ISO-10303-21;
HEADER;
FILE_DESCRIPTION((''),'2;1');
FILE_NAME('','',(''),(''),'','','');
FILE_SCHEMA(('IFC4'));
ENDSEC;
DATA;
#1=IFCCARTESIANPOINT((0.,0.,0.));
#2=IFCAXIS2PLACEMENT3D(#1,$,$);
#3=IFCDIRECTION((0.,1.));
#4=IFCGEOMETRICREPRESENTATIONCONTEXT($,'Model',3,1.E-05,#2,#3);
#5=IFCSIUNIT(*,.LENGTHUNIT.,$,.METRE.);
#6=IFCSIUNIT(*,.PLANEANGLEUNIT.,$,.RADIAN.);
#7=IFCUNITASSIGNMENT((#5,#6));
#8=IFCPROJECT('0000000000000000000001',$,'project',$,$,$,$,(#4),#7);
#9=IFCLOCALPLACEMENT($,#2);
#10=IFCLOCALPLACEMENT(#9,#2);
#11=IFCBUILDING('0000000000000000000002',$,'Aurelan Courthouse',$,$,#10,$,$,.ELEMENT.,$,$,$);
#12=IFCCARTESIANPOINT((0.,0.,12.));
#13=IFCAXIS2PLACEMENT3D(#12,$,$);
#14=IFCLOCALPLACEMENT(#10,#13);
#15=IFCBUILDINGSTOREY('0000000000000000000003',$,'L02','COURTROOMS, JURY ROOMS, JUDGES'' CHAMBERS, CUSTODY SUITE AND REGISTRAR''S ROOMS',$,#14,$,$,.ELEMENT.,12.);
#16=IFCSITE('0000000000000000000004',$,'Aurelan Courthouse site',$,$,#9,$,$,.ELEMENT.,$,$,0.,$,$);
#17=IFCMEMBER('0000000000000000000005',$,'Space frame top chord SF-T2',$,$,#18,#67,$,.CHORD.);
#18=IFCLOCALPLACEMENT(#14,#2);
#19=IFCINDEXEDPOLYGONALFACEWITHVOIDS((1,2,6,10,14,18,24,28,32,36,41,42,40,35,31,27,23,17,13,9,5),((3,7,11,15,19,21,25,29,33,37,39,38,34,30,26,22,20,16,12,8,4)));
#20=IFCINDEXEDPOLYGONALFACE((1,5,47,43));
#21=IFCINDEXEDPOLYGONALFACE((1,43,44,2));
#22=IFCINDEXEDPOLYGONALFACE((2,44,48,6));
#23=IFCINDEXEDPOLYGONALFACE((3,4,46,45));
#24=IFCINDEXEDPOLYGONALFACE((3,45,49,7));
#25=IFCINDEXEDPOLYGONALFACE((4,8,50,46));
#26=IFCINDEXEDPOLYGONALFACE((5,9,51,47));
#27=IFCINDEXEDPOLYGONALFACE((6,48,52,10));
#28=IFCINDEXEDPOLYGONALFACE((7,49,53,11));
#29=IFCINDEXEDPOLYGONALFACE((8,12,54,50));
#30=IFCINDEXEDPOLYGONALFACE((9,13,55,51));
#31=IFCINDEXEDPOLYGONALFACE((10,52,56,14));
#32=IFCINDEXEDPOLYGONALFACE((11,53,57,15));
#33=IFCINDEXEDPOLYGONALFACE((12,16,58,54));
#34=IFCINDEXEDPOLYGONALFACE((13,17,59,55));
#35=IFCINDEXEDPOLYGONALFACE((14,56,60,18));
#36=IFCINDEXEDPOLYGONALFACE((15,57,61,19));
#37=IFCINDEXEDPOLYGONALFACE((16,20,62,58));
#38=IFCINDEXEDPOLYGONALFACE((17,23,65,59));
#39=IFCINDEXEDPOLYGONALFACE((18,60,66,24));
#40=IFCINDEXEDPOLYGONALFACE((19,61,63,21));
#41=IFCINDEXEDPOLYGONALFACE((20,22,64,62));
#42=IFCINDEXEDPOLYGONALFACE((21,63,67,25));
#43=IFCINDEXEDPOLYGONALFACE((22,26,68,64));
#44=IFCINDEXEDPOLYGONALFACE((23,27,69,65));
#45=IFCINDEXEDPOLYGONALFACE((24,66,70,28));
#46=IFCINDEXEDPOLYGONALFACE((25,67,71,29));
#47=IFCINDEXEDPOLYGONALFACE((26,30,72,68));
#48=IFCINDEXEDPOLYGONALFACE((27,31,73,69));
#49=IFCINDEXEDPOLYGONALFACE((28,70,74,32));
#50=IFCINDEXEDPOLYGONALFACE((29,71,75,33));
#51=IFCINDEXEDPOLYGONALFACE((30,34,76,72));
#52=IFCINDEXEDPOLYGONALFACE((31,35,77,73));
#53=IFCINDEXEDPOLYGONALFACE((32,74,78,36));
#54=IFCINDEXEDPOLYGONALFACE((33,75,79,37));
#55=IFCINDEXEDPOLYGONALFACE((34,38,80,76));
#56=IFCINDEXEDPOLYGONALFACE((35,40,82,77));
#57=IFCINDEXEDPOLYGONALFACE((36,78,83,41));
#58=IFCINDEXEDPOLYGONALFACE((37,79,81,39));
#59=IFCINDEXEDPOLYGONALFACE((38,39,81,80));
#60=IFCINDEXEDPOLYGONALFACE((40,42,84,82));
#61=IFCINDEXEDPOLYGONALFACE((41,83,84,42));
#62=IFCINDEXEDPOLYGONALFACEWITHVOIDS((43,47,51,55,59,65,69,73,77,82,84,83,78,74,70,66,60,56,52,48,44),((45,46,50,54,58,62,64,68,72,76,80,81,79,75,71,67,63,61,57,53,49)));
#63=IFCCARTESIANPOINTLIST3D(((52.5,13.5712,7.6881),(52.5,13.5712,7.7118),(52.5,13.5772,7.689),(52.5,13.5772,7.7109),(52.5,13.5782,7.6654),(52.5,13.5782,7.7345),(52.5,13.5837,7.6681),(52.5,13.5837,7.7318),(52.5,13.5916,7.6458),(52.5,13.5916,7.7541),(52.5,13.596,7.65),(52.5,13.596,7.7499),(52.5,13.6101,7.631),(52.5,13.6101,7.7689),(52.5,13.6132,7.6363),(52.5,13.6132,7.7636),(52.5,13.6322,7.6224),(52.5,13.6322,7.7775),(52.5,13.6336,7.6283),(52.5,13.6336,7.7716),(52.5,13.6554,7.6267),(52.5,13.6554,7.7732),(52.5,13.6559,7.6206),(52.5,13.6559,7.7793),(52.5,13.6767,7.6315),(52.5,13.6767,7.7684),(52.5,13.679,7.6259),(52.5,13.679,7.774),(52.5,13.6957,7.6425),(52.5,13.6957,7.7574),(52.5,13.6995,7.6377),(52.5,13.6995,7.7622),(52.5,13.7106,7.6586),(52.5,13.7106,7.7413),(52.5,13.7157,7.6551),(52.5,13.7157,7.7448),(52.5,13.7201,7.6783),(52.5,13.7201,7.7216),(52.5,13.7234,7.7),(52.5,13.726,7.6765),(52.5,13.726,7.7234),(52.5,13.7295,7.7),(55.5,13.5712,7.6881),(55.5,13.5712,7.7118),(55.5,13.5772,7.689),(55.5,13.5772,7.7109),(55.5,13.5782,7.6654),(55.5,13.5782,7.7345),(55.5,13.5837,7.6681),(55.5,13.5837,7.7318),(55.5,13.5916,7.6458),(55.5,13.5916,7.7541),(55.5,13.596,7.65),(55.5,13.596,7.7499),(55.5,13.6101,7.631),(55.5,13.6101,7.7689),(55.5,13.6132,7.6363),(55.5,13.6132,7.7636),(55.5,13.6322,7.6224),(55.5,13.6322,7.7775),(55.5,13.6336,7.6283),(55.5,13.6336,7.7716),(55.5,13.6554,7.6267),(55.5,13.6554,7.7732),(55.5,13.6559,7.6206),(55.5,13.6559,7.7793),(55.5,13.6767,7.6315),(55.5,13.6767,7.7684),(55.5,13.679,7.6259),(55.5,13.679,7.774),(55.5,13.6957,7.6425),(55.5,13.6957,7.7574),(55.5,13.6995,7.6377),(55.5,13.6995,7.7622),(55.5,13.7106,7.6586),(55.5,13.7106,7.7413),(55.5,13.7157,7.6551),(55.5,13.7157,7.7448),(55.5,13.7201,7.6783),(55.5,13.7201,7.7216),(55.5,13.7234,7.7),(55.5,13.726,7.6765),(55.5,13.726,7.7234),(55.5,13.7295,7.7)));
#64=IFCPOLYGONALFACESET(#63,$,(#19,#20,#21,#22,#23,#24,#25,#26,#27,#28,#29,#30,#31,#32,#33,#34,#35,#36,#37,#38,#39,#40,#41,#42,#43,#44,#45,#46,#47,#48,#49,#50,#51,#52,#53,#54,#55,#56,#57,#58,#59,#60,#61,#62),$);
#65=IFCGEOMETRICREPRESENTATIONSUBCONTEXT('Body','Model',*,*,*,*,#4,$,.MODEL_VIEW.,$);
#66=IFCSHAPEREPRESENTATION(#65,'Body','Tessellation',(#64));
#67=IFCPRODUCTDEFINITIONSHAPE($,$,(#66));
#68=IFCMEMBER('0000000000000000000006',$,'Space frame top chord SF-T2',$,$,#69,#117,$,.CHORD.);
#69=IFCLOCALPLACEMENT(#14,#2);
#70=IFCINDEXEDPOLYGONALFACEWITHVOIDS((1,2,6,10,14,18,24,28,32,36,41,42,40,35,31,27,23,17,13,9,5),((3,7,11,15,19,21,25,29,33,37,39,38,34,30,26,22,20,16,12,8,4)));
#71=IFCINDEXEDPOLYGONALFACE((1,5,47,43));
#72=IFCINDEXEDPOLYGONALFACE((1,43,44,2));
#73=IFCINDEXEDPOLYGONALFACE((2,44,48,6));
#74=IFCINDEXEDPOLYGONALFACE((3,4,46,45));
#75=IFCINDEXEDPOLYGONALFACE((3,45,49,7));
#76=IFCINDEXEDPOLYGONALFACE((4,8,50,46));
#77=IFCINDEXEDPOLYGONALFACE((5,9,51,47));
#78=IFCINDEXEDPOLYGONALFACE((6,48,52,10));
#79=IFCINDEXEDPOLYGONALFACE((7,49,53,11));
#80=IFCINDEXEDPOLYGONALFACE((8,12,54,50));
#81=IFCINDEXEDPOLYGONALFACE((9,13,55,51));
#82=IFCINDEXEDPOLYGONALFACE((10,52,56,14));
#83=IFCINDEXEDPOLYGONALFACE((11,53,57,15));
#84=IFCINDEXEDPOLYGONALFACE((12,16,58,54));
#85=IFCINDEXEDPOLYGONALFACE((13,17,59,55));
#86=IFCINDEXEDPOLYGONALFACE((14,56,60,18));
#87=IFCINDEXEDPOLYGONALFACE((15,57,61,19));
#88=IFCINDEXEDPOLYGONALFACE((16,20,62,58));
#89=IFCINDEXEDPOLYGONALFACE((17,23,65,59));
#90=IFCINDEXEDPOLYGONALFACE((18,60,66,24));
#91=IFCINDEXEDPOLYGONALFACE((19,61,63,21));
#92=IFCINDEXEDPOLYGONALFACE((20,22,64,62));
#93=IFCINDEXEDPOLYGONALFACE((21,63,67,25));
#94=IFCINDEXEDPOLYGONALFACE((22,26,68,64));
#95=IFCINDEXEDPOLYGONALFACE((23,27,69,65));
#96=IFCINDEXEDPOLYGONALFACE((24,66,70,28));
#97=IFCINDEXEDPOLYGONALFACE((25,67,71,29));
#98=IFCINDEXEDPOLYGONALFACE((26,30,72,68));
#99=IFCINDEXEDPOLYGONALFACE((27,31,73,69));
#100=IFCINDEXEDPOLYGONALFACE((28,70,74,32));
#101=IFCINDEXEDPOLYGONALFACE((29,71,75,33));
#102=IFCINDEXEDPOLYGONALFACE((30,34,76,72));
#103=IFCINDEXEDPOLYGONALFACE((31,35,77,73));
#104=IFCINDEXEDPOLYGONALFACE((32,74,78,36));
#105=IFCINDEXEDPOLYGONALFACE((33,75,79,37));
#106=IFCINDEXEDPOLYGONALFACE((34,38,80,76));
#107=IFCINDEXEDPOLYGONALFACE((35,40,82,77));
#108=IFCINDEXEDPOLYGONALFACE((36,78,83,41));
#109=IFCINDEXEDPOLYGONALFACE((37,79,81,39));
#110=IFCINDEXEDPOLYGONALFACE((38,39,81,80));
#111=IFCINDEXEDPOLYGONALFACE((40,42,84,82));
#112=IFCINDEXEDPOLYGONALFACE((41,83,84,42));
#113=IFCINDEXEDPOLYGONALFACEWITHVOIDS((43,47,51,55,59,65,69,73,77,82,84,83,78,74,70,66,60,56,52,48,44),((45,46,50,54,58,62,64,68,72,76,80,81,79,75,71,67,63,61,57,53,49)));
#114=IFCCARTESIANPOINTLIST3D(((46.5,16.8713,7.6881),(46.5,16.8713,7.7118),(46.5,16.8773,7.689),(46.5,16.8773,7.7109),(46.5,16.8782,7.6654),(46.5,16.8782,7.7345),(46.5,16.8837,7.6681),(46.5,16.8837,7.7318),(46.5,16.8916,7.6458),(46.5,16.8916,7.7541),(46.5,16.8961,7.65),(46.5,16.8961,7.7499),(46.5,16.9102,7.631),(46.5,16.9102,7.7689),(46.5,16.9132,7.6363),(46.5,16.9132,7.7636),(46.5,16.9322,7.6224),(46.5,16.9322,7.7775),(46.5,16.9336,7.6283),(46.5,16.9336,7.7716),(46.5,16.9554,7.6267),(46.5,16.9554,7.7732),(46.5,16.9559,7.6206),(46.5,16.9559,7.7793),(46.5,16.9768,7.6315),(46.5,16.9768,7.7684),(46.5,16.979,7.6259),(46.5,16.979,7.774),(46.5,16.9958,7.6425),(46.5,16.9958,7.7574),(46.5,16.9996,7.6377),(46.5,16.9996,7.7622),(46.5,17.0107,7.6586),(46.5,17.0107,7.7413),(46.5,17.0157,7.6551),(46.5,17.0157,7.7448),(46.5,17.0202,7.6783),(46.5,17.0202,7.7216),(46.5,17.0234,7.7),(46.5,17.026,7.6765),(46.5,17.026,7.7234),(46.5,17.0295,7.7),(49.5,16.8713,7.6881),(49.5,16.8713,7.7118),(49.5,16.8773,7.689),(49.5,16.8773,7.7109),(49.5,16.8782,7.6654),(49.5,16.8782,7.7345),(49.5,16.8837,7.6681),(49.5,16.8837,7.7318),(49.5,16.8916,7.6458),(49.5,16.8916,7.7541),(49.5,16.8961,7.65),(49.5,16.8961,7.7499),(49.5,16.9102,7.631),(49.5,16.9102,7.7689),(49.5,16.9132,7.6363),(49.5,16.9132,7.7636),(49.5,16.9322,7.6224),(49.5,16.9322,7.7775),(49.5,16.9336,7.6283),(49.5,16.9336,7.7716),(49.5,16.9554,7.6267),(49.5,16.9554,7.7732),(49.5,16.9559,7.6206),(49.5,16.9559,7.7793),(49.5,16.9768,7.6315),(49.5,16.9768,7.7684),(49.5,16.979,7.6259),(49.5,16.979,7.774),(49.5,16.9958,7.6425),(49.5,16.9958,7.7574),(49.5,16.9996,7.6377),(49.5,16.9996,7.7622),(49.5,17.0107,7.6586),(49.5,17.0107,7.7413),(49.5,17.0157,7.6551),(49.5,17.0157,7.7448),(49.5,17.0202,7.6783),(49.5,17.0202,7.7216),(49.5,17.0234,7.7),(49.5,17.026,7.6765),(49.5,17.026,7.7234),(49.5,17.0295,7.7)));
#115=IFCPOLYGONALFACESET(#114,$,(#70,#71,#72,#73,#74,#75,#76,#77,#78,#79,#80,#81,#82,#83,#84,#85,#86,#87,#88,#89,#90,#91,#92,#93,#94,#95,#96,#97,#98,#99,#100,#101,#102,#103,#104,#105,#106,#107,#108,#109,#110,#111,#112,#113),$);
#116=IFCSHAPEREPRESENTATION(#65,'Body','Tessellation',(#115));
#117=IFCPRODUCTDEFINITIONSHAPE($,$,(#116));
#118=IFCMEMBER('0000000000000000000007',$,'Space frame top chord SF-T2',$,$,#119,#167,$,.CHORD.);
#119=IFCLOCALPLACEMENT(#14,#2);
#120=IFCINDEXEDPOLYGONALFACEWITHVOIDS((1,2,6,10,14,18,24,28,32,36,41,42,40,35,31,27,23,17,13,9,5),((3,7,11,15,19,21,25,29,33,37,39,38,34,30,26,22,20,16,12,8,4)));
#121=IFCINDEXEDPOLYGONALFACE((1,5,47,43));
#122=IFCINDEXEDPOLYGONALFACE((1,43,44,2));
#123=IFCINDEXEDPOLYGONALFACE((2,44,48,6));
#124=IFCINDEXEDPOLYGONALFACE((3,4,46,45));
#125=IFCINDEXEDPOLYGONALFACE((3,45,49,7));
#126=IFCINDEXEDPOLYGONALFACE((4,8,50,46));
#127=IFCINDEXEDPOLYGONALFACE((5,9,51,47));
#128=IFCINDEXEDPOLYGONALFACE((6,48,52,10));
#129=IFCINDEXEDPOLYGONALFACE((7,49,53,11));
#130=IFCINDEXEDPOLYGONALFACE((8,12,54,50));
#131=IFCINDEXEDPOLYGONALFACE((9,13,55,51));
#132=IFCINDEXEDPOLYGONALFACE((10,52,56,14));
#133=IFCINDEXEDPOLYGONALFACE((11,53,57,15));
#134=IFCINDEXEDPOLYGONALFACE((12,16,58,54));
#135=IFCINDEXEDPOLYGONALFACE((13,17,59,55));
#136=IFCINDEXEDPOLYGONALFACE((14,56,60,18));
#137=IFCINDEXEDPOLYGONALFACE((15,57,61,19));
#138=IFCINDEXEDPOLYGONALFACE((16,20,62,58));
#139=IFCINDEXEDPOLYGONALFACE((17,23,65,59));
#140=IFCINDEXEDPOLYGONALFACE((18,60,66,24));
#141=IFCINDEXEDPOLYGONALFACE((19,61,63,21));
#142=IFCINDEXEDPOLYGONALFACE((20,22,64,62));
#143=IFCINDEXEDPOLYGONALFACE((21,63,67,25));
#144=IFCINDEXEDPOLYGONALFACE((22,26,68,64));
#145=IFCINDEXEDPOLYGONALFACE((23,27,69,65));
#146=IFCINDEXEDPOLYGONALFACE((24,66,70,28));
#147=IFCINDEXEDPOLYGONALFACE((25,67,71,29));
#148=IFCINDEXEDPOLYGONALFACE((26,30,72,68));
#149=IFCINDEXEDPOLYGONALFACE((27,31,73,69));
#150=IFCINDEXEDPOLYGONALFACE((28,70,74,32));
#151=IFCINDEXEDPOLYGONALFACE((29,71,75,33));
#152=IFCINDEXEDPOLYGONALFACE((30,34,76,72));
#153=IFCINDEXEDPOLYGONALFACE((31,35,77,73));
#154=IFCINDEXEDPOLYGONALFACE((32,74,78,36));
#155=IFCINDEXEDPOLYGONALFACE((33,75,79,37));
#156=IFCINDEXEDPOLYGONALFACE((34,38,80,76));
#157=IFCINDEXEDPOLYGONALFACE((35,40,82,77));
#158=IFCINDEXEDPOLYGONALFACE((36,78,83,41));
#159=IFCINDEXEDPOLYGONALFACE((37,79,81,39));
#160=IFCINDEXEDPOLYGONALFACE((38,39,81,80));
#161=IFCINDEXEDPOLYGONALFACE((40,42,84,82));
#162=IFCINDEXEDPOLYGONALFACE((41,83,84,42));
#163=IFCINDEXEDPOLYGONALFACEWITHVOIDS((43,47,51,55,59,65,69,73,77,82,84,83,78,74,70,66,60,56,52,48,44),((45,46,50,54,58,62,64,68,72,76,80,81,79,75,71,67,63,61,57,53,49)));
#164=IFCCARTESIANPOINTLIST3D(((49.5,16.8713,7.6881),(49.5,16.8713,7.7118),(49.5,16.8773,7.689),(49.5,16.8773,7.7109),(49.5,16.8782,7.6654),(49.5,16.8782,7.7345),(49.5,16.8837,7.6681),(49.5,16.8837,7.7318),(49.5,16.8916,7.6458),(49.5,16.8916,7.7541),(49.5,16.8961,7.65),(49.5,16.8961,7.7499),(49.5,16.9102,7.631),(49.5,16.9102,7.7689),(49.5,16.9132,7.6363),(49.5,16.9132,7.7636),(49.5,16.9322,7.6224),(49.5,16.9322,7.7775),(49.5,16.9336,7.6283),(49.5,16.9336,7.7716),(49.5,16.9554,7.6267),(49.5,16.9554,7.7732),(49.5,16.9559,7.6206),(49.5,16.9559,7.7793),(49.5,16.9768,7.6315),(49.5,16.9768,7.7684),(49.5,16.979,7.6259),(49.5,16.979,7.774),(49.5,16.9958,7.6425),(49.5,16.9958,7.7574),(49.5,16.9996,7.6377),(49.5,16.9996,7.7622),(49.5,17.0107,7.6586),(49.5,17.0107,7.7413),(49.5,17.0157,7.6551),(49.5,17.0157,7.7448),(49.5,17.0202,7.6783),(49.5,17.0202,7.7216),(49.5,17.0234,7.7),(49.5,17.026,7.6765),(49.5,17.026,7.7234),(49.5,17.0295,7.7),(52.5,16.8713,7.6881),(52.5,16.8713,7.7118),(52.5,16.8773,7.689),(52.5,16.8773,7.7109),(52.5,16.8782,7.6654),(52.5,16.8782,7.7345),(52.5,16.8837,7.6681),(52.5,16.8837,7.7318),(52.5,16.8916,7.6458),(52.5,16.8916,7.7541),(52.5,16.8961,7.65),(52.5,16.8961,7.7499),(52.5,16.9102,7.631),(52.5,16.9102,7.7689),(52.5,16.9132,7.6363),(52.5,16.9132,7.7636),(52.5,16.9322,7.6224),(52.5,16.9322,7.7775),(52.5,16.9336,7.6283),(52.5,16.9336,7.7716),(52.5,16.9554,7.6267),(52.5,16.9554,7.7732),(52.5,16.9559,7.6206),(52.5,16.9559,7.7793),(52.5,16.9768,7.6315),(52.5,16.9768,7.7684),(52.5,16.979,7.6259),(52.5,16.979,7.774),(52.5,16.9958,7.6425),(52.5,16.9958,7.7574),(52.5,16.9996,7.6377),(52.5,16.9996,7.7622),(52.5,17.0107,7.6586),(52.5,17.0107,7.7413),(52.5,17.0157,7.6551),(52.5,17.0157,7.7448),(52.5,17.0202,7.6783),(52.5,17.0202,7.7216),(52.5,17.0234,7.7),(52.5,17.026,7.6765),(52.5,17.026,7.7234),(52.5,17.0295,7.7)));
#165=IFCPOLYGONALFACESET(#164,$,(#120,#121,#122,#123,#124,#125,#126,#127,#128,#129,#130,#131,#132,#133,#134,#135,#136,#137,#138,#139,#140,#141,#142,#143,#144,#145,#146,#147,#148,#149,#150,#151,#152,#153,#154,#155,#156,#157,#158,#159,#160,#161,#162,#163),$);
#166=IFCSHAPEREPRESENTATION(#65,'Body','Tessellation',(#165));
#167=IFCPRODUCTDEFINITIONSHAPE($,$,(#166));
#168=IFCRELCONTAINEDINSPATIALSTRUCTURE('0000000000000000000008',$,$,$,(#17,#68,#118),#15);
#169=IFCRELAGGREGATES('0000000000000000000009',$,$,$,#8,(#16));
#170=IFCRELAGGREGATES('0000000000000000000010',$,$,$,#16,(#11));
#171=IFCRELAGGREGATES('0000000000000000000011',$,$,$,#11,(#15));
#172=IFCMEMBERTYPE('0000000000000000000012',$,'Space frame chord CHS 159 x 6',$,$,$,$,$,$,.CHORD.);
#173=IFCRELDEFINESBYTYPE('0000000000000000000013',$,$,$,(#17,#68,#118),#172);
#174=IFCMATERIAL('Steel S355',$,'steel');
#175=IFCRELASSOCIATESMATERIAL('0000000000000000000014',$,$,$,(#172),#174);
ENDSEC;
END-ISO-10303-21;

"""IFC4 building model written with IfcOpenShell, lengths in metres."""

from ifc_helpers import new_model, si_unit, direction, frame, origin, origin_2d, place, context, subcontext, project, spatial, hollow_circle, extrude, material, material_profile, profile_set, type_object, element, save


model = new_model("IFC4")

# Units and contexts
model_context = context("Model", 3, precision=1e-05, world=origin(), true_north=direction((0.0, 1.0)))
body_context = subcontext(model_context, "Body", "Model", "MODEL_VIEW")
ifc_project = project(units=[si_unit("LENGTHUNIT", "METRE"), si_unit("PLANEANGLEUNIT", "RADIAN")], contexts=[model_context])

# Site, building, storey
site_placement = place(None, origin())
site = spatial("IfcSite", under=ifc_project, at=site_placement, Name="Aurelan Courthouse site", CompositionType="ELEMENT", RefElevation=0.0)
building_placement = place(site_placement, origin())
building = spatial("IfcBuilding", under=site, at=building_placement, Name="Aurelan Courthouse", CompositionType="ELEMENT")
storey_placement = place(building_placement, frame((0.0, 0.0, 12.0)))
storey = spatial("IfcBuildingStorey", under=building, at=storey_placement, Name="L02", Description="COURTROOMS, JURY ROOMS, JUDGES' CHAMBERS, CUSTODY SUITE AND REGISTRAR'S ROOMS", CompositionType="ELEMENT", Elevation=12.0)

# Members
ifc_material_1 = material(Name="Steel S355", Category="steel")
ifc_material_profile_1 = material_profile(ifc_material_1, hollow_circle(Radius=0.0796, WallThickness=0.0061, at=origin_2d()), Name="CHS 159 x 6")
ifc_profile_set_1 = profile_set([ifc_material_profile_1], Name="Steel S355")
member_type_1 = type_object("IfcMemberType", Name="Space frame chord CHS 159 x 6", PredefinedType="CHORD", material=ifc_profile_set_1)
for number, where, z_axis, x_axis, name in (
    (1, (52.5, 13.6499, 7.7), (1.0, 0.0, 0.0), (0.0, 1.0, 0.0), "Space frame top chord SF-T2"),
    (2, (46.5, 16.95, 7.7), (1.0, 0.0, 0.0), (0.0, 1.0, 0.0), "Space frame top chord SF-T2"),
    (3, (49.5, 16.95, 7.7), (1.0, 0.0, 0.0), (0.0, 1.0, 0.0), "Space frame top chord SF-T2"),
):
    element("IfcMember", number, at=place(storey_placement, frame(where, z_axis=z_axis, x_axis=x_axis)), inside=storey, type_object=member_type_1, Name=name, PredefinedType="CHORD", context=body_context, shape_type="SweptSolid", body=[
        extrude(hollow_circle(Radius=0.0796, WallThickness=0.0061, at=origin_2d()), origin(), (0.0, 0.0, 1.0), 3.0),
    ])

save(model, "model.ifc")
